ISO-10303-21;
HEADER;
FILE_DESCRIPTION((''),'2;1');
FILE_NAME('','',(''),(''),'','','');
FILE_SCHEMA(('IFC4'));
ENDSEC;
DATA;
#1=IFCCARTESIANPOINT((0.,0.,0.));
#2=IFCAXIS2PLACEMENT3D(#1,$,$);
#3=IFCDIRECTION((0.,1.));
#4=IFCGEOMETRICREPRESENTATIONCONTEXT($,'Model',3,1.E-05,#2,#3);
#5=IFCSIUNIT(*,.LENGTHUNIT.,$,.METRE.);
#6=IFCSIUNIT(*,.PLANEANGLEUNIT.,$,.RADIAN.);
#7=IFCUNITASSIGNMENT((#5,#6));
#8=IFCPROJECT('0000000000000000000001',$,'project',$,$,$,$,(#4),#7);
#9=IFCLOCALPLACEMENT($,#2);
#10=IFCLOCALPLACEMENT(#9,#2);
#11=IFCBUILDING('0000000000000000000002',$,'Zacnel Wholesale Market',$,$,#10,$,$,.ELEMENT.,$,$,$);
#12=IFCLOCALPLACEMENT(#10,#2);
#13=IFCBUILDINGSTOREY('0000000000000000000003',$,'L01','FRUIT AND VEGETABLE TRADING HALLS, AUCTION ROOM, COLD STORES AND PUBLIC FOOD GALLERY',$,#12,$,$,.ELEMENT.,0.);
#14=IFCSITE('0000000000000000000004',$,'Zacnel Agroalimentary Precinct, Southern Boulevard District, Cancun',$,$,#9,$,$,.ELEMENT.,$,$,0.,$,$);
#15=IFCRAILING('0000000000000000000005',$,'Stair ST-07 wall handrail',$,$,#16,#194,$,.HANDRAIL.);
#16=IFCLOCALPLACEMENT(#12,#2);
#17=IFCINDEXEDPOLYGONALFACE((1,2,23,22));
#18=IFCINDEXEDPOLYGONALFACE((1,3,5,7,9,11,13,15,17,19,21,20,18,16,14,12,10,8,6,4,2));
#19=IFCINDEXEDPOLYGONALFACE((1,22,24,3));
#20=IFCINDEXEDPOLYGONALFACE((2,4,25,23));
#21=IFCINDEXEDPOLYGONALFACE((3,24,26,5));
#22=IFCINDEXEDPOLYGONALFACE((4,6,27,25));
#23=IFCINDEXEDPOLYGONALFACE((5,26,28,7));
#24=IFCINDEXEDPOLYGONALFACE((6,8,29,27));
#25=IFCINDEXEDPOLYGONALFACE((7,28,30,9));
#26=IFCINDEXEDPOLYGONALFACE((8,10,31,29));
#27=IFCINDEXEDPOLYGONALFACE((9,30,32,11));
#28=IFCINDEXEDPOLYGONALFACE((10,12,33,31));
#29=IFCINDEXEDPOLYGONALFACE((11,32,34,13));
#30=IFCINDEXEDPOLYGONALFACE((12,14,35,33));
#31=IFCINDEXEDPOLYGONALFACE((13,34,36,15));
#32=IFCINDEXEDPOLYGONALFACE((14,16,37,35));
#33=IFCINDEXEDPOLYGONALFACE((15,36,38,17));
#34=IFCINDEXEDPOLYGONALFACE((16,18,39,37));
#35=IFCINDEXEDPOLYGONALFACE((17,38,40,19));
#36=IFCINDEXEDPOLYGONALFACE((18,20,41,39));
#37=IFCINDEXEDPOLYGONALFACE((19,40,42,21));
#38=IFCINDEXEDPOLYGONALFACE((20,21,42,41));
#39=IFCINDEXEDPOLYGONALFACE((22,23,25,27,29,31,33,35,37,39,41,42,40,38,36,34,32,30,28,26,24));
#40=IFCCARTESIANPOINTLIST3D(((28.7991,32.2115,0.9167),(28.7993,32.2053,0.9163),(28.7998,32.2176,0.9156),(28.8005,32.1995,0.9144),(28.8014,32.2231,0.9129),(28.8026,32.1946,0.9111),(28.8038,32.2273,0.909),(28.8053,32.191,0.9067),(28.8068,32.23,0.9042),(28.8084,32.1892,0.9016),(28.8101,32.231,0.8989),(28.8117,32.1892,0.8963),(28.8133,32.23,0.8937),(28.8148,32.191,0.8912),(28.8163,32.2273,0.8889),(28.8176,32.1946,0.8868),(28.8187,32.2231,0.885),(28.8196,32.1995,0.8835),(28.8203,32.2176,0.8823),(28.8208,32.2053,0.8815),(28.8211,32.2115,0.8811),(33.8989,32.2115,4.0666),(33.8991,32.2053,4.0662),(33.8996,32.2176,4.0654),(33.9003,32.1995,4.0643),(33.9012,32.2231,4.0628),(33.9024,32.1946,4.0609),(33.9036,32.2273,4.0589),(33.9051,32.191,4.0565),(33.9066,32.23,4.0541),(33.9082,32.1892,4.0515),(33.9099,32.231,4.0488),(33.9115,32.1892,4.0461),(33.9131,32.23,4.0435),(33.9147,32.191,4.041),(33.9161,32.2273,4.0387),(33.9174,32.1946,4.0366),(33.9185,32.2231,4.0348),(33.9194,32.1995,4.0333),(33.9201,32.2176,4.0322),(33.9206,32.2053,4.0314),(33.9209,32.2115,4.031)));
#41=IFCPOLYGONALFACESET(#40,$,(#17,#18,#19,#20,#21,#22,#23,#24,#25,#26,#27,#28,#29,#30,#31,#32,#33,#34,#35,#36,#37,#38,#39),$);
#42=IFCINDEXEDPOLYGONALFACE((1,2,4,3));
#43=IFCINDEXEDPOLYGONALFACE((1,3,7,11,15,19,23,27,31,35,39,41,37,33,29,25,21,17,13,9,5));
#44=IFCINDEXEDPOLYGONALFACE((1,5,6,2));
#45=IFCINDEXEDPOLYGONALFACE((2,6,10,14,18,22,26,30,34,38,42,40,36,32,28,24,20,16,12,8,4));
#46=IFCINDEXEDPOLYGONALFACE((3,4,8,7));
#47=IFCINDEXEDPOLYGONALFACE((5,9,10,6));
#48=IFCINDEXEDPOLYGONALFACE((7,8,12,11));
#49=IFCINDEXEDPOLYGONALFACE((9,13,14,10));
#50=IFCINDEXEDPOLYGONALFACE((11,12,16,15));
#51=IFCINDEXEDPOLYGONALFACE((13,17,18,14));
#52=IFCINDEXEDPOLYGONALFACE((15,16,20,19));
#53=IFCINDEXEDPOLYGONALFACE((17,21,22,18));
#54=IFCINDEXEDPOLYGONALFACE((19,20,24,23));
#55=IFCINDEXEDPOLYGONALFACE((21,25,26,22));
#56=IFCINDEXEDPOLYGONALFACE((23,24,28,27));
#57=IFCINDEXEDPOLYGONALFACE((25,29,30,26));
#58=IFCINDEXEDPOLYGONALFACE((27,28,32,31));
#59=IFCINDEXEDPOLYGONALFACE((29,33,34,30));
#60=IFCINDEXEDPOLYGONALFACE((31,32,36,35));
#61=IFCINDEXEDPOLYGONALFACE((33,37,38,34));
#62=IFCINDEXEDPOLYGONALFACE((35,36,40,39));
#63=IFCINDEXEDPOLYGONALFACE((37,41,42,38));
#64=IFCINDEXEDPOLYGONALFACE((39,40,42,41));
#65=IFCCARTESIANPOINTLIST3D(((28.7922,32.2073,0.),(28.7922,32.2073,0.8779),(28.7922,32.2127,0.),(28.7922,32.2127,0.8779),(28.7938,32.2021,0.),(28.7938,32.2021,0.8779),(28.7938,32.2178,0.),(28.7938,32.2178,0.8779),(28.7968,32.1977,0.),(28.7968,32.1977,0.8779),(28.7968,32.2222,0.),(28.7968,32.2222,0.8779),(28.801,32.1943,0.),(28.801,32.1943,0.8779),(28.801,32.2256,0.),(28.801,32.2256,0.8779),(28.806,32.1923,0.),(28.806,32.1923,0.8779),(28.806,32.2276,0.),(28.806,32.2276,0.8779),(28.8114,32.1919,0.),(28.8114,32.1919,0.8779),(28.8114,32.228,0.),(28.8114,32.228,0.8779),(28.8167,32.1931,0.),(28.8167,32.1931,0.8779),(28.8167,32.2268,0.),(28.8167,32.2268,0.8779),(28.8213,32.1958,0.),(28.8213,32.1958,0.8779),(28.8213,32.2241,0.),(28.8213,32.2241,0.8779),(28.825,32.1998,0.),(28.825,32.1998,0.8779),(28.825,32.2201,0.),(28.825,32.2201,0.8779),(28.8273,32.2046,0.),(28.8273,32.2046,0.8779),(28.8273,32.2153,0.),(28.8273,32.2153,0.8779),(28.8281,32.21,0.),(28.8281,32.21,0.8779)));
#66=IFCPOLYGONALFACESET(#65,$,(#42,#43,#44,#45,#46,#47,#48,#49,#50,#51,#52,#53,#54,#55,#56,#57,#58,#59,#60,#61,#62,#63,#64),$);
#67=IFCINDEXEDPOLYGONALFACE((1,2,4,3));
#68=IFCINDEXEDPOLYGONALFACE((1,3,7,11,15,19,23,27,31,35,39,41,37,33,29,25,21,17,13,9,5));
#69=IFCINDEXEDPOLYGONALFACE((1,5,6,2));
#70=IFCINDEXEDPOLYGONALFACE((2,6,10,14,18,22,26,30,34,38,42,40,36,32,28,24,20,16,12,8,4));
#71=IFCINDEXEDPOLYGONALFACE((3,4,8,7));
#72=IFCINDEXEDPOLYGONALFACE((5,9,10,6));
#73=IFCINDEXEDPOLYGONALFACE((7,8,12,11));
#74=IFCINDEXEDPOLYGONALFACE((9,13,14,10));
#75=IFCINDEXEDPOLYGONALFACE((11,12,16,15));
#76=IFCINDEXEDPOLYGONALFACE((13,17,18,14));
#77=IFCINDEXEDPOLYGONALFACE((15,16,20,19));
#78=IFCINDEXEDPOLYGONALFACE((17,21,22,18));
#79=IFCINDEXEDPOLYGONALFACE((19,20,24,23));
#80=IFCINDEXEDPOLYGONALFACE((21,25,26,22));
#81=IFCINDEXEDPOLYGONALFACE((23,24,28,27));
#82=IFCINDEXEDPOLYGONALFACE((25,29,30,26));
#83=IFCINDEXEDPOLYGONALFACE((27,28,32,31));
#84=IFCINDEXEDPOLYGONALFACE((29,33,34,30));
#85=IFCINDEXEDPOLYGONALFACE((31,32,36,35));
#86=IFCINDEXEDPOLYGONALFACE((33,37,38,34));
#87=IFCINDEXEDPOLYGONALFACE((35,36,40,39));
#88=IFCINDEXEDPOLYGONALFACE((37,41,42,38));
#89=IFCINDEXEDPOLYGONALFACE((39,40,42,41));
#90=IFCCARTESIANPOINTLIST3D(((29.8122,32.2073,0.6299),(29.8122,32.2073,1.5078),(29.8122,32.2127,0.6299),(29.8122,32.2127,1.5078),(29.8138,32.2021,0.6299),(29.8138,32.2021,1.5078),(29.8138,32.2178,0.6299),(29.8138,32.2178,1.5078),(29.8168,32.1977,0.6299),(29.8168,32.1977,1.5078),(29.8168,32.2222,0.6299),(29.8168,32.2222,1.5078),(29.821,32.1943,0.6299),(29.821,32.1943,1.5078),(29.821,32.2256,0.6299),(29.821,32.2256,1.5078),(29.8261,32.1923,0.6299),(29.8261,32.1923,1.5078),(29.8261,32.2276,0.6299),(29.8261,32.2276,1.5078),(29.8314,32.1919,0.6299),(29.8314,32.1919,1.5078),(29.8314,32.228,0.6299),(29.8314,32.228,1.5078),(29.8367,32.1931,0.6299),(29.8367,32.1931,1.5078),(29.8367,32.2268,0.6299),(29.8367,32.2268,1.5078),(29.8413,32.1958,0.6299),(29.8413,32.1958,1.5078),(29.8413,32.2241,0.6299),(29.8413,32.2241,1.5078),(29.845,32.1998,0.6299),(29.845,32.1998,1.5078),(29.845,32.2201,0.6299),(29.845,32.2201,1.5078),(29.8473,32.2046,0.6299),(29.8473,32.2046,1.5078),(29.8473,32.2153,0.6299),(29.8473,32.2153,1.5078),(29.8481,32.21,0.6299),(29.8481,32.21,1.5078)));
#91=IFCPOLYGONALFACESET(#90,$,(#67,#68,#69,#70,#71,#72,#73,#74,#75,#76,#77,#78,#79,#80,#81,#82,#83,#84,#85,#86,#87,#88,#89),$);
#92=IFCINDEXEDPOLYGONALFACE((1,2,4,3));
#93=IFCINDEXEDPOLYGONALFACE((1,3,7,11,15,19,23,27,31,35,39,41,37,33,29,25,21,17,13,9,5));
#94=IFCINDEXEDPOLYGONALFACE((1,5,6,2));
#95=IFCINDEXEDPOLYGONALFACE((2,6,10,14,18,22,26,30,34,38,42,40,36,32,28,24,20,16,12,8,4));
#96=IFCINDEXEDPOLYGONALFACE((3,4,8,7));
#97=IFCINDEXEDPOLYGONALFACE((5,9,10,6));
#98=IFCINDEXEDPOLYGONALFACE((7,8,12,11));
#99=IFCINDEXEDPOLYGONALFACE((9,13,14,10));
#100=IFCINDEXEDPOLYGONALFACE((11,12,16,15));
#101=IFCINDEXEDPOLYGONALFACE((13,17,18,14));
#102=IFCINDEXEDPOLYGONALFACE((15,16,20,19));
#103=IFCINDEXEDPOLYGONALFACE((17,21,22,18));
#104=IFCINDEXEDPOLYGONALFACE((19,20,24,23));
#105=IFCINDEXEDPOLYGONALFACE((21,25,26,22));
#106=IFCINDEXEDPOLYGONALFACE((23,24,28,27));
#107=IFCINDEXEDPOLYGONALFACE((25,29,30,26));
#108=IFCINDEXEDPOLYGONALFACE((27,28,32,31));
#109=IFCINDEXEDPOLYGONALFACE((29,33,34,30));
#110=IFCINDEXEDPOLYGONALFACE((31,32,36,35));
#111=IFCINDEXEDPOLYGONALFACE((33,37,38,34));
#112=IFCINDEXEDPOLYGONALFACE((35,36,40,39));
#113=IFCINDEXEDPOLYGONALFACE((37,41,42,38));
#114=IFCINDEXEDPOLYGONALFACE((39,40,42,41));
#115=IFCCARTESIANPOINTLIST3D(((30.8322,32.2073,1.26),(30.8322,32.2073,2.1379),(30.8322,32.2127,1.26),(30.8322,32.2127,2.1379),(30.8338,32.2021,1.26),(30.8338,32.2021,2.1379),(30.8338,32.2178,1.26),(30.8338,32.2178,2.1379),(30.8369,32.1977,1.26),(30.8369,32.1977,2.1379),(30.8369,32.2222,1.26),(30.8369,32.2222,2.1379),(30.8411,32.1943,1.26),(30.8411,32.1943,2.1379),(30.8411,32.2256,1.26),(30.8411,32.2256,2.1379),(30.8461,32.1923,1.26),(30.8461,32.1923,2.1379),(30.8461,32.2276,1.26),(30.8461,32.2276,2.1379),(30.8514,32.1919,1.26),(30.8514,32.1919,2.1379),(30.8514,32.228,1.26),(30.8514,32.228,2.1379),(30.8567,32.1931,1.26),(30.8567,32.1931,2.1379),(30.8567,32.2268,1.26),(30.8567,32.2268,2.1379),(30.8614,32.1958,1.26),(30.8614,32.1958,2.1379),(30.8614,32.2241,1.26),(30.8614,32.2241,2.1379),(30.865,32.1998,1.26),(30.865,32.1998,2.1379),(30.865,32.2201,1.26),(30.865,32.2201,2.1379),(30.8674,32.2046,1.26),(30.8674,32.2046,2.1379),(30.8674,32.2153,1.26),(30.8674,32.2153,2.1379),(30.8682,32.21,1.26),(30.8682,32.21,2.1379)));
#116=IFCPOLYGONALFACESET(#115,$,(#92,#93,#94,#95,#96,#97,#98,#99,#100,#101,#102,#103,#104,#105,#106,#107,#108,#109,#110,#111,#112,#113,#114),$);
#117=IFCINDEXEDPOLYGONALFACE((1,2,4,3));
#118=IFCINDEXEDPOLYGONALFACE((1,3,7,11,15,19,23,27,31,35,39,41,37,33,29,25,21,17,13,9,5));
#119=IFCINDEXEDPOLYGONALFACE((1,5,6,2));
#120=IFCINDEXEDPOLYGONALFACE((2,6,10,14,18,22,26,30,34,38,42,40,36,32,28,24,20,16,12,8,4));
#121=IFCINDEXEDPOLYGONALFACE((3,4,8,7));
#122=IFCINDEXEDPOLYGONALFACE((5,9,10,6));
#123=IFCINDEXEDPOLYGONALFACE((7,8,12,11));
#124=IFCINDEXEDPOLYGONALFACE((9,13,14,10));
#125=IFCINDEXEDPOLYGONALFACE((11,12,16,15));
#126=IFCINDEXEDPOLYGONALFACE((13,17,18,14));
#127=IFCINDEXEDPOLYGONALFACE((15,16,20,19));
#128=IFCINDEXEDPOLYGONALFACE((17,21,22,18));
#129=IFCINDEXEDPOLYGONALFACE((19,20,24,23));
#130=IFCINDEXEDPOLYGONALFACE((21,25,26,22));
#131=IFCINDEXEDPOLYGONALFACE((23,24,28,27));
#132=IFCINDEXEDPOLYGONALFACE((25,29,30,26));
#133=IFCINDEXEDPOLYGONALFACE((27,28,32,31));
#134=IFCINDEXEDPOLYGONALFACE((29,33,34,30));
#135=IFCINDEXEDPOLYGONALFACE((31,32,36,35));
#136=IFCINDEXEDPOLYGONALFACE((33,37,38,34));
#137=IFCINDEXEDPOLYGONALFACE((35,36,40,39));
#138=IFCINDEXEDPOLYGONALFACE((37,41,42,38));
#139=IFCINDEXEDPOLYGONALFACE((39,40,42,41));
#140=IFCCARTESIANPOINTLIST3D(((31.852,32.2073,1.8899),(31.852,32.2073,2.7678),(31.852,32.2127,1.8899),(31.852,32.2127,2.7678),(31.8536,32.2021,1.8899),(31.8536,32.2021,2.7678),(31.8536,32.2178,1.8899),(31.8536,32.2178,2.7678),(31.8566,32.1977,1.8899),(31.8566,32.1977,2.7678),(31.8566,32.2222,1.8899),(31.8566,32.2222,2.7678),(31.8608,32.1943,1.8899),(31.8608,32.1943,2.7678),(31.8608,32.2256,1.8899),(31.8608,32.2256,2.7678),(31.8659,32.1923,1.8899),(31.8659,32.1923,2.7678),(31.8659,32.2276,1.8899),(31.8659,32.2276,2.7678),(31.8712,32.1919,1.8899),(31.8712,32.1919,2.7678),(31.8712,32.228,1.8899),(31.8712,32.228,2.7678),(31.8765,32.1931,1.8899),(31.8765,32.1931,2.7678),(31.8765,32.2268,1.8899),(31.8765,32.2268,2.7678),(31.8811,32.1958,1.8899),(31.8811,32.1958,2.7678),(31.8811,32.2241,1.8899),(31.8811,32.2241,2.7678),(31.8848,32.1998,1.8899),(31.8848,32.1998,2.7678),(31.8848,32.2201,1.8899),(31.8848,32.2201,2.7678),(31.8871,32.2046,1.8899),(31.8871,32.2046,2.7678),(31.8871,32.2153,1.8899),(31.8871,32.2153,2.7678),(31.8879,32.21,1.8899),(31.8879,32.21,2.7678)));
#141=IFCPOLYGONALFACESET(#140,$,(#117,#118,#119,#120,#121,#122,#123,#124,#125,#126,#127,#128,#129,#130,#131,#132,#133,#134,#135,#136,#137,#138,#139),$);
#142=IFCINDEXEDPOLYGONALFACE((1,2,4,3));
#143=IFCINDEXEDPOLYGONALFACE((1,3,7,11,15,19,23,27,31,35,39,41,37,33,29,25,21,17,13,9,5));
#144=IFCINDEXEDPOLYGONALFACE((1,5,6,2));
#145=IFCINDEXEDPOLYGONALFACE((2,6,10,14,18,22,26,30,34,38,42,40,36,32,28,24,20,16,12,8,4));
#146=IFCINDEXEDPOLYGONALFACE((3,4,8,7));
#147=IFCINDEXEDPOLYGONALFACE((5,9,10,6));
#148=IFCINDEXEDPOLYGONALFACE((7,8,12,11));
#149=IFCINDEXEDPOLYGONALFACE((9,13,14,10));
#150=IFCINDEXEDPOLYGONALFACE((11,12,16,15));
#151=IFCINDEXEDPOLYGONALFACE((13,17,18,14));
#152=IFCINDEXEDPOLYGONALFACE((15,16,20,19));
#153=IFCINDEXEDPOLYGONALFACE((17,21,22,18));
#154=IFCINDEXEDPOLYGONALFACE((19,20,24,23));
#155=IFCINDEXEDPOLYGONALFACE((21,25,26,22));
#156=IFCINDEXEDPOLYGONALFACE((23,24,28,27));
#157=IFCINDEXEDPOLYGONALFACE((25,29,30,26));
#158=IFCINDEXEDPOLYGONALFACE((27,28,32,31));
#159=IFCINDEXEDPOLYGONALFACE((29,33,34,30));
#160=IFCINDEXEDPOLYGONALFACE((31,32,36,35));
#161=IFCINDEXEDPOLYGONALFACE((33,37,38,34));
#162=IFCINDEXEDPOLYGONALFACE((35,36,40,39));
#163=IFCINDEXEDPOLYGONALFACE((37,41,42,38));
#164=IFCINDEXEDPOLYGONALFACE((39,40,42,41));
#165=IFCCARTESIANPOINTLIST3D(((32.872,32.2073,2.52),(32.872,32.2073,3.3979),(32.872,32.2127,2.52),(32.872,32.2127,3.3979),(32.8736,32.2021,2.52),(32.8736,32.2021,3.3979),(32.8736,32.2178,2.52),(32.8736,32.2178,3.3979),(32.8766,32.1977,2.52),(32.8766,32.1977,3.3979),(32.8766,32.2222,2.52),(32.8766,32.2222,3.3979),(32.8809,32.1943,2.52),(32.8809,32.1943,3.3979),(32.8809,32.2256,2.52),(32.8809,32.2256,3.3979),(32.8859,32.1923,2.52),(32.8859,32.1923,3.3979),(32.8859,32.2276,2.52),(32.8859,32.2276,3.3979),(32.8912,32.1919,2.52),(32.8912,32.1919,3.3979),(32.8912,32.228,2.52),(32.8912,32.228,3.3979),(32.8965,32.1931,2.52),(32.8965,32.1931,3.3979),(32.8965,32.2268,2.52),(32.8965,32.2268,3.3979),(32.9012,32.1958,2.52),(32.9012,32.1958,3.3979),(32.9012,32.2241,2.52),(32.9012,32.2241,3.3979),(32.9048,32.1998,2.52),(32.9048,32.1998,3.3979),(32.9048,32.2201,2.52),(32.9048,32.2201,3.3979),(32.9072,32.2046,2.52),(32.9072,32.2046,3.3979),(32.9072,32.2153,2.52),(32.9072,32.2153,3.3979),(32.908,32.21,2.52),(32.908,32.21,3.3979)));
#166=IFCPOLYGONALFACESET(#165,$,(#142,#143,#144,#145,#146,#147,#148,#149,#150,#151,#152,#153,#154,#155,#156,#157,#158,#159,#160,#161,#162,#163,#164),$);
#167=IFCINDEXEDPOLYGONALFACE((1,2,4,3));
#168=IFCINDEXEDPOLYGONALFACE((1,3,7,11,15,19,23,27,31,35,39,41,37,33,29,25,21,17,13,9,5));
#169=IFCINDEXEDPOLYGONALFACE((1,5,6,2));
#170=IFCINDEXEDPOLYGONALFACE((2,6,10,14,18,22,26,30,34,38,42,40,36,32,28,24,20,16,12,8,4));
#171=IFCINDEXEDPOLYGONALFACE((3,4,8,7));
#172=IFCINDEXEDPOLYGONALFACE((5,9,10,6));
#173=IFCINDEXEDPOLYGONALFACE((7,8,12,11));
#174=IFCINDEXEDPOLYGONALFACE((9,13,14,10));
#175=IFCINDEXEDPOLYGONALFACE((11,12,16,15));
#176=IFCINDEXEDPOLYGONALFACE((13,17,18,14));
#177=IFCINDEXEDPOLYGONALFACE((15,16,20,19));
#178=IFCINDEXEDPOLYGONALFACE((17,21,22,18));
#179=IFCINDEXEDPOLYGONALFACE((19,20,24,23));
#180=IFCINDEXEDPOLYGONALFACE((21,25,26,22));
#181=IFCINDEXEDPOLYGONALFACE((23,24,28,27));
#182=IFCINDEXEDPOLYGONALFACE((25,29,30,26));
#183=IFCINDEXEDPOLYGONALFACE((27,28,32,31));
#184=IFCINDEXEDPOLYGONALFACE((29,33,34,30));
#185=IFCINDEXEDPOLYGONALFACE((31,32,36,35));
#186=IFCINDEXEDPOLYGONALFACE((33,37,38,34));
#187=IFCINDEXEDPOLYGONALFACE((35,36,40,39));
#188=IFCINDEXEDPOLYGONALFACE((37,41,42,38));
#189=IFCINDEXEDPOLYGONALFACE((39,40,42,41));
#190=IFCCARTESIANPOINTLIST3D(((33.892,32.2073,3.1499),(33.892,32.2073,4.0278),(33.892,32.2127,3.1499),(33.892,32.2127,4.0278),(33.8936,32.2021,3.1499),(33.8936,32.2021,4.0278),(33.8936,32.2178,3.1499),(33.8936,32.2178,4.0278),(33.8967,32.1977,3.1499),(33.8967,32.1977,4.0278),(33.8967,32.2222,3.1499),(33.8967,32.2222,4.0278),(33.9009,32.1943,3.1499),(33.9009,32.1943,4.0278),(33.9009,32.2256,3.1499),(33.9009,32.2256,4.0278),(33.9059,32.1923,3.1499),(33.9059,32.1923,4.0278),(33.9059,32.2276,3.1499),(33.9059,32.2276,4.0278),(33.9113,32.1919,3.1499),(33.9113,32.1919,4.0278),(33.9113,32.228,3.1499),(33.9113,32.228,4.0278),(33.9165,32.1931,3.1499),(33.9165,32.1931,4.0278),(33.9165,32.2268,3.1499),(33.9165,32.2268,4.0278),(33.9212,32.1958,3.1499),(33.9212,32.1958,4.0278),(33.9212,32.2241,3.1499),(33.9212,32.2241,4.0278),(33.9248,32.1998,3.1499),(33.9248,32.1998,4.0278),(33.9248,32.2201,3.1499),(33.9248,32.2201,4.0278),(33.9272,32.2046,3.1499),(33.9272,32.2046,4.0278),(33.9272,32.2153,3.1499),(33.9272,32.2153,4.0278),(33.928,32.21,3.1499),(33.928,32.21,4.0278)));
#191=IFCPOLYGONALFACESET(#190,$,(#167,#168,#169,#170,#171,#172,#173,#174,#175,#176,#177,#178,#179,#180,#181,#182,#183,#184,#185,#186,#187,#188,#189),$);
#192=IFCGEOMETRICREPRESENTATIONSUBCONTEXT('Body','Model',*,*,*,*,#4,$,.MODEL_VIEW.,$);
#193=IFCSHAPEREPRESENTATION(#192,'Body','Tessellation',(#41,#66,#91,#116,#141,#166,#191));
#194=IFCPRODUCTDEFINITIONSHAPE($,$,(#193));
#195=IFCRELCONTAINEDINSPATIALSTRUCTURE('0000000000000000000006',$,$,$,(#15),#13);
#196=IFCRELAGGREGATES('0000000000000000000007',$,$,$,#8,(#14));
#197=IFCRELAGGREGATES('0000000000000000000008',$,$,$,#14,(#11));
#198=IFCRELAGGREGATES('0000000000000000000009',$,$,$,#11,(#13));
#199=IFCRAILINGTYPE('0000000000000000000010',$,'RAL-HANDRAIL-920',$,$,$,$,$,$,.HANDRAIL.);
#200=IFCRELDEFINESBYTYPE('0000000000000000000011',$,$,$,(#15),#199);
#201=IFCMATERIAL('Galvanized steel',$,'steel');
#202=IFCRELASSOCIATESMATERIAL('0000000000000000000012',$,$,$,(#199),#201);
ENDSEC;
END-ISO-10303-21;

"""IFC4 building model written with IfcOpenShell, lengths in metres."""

from ifc_helpers import new_model, si_unit, direction, frame, origin, origin_2d, place, context, subcontext, project, spatial, circle, extrude, material, type_object, element, save


model = new_model("IFC4")

# Units and contexts
model_context = context("Model", 3, precision=1e-05, world=origin(), true_north=direction((0.0, 1.0)))
body_context = subcontext(model_context, "Body", "Model", "MODEL_VIEW")
ifc_project = project(units=[si_unit("LENGTHUNIT", "METRE"), si_unit("PLANEANGLEUNIT", "RADIAN")], contexts=[model_context])

# Site, building, storey
site_placement = place(None, origin())
site = spatial("IfcSite", under=ifc_project, at=site_placement, Name="Zacnel Agroalimentary Precinct, Southern Boulevard District, Cancun", CompositionType="ELEMENT", RefElevation=0.0)
building_placement = place(site_placement, origin())
building = spatial("IfcBuilding", under=site, at=building_placement, Name="Zacnel Wholesale Market", CompositionType="ELEMENT")
storey_placement = place(building_placement, origin())
storey = spatial("IfcBuildingStorey", under=building, at=storey_placement, Name="L01", Description="FRUIT AND VEGETABLE TRADING HALLS, AUCTION ROOM, COLD STORES AND PUBLIC FOOD GALLERY", CompositionType="ELEMENT", Elevation=0.0)

# Railing
ifc_material_1 = material(Name="Galvanized steel", Category="steel")
railing_type_1 = type_object("IfcRailingType", Name="RAL-HANDRAIL-920", PredefinedType="HANDRAIL", material=ifc_material_1)
railing_1_placement = place(storey_placement, frame((28.8101, 32.21, 0.0)))
element("IfcRailing", 1, at=railing_1_placement, inside=storey, type_object=railing_type_1, Name="Stair ST-07 wall handrail", PredefinedType="HANDRAIL", context=body_context, shape_type="SweptSolid", body=[
    extrude(circle(Radius=0.021, at=origin_2d()), frame((0.0, 0.0, 0.8989), z_axis=(0.850799, 0.0, 0.525492), x_axis=(0.0, 1.0, 0.0)), (0.0, 0.0, 1.0), 5.9941),
    extrude(circle(Radius=0.0181, at=origin_2d()), origin(), (0.0, 0.0, 1.0), 0.8779),
    extrude(circle(Radius=0.0181, at=origin_2d()), frame((1.02, 0.0, 0.6299)), (0.0, 0.0, 1.0), 0.8779),
    extrude(circle(Radius=0.0181, at=origin_2d()), frame((2.04, 0.0, 1.26)), (0.0, 0.0, 1.0), 0.8779),
    extrude(circle(Radius=0.0181, at=origin_2d()), frame((3.0598, 0.0, 1.8899)), (0.0, 0.0, 1.0), 0.8779),
    extrude(circle(Radius=0.0181, at=origin_2d()), frame((4.0798, 0.0, 2.52)), (0.0, 0.0, 1.0), 0.8779),
    extrude(circle(Radius=0.0181, at=origin_2d()), frame((5.0999, 0.0, 3.1499)), (0.0, 0.0, 1.0), 0.8779),
])

save(model, "model.ifc")
